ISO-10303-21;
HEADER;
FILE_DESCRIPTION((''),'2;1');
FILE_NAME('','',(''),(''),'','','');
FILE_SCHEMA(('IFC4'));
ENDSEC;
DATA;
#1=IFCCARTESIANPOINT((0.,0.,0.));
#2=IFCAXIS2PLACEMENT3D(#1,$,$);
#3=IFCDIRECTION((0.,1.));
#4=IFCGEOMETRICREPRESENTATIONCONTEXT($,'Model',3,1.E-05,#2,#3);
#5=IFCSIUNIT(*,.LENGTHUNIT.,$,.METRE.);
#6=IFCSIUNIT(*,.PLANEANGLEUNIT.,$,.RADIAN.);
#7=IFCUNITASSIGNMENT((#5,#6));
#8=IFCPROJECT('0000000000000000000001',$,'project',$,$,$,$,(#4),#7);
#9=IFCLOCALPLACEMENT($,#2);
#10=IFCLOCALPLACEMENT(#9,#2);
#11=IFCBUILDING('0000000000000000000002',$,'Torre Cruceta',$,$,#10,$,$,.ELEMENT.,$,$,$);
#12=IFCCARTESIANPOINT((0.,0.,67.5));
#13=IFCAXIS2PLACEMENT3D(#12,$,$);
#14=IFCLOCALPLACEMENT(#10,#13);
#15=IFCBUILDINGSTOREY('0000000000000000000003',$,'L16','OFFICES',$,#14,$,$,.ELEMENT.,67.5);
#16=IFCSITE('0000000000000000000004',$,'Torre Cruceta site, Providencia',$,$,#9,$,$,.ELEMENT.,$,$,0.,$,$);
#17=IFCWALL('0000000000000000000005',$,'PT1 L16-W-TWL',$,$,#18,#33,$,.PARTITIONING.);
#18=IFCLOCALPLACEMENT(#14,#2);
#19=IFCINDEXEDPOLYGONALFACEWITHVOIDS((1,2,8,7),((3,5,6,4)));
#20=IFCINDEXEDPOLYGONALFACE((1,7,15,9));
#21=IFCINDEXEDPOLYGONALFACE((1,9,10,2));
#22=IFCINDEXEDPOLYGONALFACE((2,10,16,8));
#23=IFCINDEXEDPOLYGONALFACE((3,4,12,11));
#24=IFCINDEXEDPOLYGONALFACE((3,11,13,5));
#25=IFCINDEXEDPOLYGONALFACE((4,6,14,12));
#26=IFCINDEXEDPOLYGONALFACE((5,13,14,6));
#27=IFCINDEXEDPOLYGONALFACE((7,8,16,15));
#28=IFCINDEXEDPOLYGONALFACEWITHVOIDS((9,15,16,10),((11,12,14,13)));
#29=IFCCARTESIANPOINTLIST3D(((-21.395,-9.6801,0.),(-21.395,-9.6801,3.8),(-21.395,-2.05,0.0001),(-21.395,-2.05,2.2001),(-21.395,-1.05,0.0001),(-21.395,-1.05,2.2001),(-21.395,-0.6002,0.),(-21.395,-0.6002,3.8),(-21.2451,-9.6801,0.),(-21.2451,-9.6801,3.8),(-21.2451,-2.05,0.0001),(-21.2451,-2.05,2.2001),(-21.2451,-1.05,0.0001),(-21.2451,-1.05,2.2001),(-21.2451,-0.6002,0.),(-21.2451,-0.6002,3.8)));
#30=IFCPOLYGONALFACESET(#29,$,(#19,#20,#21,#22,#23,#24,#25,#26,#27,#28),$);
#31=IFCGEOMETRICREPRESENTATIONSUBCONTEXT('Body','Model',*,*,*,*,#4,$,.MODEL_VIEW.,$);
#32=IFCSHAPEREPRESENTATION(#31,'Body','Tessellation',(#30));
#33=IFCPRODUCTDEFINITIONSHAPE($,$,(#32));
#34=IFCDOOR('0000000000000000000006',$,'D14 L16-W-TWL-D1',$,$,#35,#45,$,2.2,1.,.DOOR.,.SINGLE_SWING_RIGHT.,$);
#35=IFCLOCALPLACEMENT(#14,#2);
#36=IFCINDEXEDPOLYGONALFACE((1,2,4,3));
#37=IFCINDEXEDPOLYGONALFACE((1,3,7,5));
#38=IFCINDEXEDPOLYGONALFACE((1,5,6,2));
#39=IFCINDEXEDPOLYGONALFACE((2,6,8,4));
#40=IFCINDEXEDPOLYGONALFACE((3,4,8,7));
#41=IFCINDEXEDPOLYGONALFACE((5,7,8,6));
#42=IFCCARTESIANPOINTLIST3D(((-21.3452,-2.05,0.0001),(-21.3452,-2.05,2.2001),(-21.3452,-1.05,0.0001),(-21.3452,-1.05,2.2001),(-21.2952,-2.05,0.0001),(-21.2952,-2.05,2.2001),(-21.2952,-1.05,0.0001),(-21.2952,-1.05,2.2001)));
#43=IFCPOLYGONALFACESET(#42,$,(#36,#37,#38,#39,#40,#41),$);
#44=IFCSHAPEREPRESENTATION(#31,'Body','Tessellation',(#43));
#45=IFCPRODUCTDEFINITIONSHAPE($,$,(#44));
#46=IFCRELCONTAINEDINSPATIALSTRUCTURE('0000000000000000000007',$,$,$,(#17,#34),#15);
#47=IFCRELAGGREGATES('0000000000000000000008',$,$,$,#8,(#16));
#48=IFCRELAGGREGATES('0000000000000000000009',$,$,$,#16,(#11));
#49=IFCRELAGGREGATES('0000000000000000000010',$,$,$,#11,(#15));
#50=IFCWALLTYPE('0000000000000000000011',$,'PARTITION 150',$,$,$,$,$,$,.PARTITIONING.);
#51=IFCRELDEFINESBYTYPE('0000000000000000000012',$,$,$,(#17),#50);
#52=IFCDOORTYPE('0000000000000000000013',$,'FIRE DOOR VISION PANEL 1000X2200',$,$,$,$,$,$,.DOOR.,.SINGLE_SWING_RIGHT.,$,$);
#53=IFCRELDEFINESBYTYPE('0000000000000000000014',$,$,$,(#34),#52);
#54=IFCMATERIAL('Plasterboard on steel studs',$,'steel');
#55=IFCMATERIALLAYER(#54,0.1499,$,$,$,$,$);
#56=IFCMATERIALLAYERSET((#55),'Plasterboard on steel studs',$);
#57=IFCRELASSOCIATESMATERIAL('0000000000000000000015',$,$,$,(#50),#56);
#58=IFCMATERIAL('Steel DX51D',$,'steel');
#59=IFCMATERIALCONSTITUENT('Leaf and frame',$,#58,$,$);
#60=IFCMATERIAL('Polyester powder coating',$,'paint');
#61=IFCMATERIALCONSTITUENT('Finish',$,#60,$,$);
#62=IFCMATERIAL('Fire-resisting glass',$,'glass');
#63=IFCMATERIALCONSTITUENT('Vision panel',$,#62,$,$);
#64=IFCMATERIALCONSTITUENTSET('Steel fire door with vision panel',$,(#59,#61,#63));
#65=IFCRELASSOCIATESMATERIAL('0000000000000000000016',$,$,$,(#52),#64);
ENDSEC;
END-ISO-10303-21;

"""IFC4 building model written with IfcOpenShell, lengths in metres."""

from ifc_helpers import new_model, si_unit, direction, frame, frame_2d, origin, place, context, subcontext, project, spatial, rectangle, extrude, material, layer, layer_set, constituent, constituent_set, type_object, element, fill, save


model = new_model("IFC4")

# Units and contexts
model_context = context("Model", 3, precision=1e-05, world=origin(), true_north=direction((0.0, 1.0)))
body_context = subcontext(model_context, "Body", "Model", "MODEL_VIEW")
ifc_project = project(units=[si_unit("LENGTHUNIT", "METRE"), si_unit("PLANEANGLEUNIT", "RADIAN")], contexts=[model_context])

# Site, building, storey
site_placement = place(None, origin())
site = spatial("IfcSite", under=ifc_project, at=site_placement, Name="Torre Cruceta site, Providencia", CompositionType="ELEMENT", RefElevation=0.0)
building_placement = place(site_placement, origin())
building = spatial("IfcBuilding", under=site, at=building_placement, Name="Torre Cruceta", CompositionType="ELEMENT")
storey_placement = place(building_placement, frame((0.0, 0.0, 67.5)))
storey = spatial("IfcBuildingStorey", under=building, at=storey_placement, Name="L16", Description="OFFICES", CompositionType="ELEMENT", Elevation=67.5)

# Wall, opening, door
ifc_material_1 = material(Name="Plasterboard on steel studs", Category="steel")
ifc_layer_1 = layer(ifc_material_1, 0.1499)
ifc_layer_set_1 = layer_set([ifc_layer_1], Name="Plasterboard on steel studs")
wall_type_1 = type_object("IfcWallType", Name="PARTITION 150", PredefinedType="PARTITIONING", material=ifc_layer_set_1)
wall_1_placement = place(storey_placement, frame((-21.3201, -0.6001, 0.0), z_axis=(0.0, 0.0, 1.0), x_axis=(0.0, -1.0, 0.0)))
wall_1 = element("IfcWall", 1, at=wall_1_placement, inside=storey, type_object=wall_type_1, Name="PT1 L16-W-TWL", PredefinedType="PARTITIONING", context=body_context, shape_type="SweptSolid", body=[
    extrude(rectangle(XDim=9.0798, YDim=0.1499, at=frame_2d((4.54, 0.0))), origin(), (0.0, 0.0, 1.0), 3.8),
])
opening_1_placement = place(wall_1_placement, frame((0.45, 0.0, 0.0)))
opening_1 = element("IfcOpeningElement", 2, at=opening_1_placement, cuts=wall_1, PredefinedType="OPENING", context=body_context, shape_type="SweptSolid", body=[
    extrude(rectangle(XDim=1.0, YDim=2.2, at=frame_2d((0.5, 1.1001))), frame((0.0, 0.085, 0.0), z_axis=(0.0, -1.0, 0.0), x_axis=(1.0, 0.0, 0.0)), (0.0, 0.0, 1.0), 0.1699),
])
ifc_material_2 = material(Name="Steel DX51D", Category="steel")
ifc_constituent_1 = constituent(ifc_material_2, Name="Leaf and frame")
ifc_material_3 = material(Name="Polyester powder coating", Category="paint")
ifc_constituent_2 = constituent(ifc_material_3, Name="Finish")
ifc_material_4 = material(Name="Fire-resisting glass", Category="glass")
ifc_constituent_3 = constituent(ifc_material_4, Name="Vision panel")
ifc_constituent_set_1 = constituent_set(constituents=[ifc_constituent_1, ifc_constituent_2, ifc_constituent_3], Name="Steel fire door with vision panel")
door_type = type_object("IfcDoorType", Name="FIRE DOOR VISION PANEL 1000X2200", OperationType="SINGLE_SWING_RIGHT", PredefinedType="DOOR", material=ifc_constituent_set_1)
door_placement = place(opening_1_placement, frame((1.0, 0.0, 0.0), z_axis=(0.0, 0.0, 1.0), x_axis=(-1.0, 0.0, 0.0)))
door = element("IfcDoor", 3, at=door_placement, inside=storey, type_object=door_type, Name="D14 L16-W-TWL-D1", OperationType="SINGLE_SWING_RIGHT", OverallHeight=2.2, OverallWidth=1.0, PredefinedType="DOOR", context=body_context, shape_type="SweptSolid", body=[
    extrude(rectangle(XDim=1.0, YDim=2.2, at=frame_2d((0.5, 1.1001))), frame((0.0, 0.0251, 0.0), z_axis=(0.0, -1.0, 0.0), x_axis=(1.0, 0.0, 0.0)), (0.0, 0.0, 1.0), 0.05),
])
fill(opening_1, door)

save(model, "model.ifc")
